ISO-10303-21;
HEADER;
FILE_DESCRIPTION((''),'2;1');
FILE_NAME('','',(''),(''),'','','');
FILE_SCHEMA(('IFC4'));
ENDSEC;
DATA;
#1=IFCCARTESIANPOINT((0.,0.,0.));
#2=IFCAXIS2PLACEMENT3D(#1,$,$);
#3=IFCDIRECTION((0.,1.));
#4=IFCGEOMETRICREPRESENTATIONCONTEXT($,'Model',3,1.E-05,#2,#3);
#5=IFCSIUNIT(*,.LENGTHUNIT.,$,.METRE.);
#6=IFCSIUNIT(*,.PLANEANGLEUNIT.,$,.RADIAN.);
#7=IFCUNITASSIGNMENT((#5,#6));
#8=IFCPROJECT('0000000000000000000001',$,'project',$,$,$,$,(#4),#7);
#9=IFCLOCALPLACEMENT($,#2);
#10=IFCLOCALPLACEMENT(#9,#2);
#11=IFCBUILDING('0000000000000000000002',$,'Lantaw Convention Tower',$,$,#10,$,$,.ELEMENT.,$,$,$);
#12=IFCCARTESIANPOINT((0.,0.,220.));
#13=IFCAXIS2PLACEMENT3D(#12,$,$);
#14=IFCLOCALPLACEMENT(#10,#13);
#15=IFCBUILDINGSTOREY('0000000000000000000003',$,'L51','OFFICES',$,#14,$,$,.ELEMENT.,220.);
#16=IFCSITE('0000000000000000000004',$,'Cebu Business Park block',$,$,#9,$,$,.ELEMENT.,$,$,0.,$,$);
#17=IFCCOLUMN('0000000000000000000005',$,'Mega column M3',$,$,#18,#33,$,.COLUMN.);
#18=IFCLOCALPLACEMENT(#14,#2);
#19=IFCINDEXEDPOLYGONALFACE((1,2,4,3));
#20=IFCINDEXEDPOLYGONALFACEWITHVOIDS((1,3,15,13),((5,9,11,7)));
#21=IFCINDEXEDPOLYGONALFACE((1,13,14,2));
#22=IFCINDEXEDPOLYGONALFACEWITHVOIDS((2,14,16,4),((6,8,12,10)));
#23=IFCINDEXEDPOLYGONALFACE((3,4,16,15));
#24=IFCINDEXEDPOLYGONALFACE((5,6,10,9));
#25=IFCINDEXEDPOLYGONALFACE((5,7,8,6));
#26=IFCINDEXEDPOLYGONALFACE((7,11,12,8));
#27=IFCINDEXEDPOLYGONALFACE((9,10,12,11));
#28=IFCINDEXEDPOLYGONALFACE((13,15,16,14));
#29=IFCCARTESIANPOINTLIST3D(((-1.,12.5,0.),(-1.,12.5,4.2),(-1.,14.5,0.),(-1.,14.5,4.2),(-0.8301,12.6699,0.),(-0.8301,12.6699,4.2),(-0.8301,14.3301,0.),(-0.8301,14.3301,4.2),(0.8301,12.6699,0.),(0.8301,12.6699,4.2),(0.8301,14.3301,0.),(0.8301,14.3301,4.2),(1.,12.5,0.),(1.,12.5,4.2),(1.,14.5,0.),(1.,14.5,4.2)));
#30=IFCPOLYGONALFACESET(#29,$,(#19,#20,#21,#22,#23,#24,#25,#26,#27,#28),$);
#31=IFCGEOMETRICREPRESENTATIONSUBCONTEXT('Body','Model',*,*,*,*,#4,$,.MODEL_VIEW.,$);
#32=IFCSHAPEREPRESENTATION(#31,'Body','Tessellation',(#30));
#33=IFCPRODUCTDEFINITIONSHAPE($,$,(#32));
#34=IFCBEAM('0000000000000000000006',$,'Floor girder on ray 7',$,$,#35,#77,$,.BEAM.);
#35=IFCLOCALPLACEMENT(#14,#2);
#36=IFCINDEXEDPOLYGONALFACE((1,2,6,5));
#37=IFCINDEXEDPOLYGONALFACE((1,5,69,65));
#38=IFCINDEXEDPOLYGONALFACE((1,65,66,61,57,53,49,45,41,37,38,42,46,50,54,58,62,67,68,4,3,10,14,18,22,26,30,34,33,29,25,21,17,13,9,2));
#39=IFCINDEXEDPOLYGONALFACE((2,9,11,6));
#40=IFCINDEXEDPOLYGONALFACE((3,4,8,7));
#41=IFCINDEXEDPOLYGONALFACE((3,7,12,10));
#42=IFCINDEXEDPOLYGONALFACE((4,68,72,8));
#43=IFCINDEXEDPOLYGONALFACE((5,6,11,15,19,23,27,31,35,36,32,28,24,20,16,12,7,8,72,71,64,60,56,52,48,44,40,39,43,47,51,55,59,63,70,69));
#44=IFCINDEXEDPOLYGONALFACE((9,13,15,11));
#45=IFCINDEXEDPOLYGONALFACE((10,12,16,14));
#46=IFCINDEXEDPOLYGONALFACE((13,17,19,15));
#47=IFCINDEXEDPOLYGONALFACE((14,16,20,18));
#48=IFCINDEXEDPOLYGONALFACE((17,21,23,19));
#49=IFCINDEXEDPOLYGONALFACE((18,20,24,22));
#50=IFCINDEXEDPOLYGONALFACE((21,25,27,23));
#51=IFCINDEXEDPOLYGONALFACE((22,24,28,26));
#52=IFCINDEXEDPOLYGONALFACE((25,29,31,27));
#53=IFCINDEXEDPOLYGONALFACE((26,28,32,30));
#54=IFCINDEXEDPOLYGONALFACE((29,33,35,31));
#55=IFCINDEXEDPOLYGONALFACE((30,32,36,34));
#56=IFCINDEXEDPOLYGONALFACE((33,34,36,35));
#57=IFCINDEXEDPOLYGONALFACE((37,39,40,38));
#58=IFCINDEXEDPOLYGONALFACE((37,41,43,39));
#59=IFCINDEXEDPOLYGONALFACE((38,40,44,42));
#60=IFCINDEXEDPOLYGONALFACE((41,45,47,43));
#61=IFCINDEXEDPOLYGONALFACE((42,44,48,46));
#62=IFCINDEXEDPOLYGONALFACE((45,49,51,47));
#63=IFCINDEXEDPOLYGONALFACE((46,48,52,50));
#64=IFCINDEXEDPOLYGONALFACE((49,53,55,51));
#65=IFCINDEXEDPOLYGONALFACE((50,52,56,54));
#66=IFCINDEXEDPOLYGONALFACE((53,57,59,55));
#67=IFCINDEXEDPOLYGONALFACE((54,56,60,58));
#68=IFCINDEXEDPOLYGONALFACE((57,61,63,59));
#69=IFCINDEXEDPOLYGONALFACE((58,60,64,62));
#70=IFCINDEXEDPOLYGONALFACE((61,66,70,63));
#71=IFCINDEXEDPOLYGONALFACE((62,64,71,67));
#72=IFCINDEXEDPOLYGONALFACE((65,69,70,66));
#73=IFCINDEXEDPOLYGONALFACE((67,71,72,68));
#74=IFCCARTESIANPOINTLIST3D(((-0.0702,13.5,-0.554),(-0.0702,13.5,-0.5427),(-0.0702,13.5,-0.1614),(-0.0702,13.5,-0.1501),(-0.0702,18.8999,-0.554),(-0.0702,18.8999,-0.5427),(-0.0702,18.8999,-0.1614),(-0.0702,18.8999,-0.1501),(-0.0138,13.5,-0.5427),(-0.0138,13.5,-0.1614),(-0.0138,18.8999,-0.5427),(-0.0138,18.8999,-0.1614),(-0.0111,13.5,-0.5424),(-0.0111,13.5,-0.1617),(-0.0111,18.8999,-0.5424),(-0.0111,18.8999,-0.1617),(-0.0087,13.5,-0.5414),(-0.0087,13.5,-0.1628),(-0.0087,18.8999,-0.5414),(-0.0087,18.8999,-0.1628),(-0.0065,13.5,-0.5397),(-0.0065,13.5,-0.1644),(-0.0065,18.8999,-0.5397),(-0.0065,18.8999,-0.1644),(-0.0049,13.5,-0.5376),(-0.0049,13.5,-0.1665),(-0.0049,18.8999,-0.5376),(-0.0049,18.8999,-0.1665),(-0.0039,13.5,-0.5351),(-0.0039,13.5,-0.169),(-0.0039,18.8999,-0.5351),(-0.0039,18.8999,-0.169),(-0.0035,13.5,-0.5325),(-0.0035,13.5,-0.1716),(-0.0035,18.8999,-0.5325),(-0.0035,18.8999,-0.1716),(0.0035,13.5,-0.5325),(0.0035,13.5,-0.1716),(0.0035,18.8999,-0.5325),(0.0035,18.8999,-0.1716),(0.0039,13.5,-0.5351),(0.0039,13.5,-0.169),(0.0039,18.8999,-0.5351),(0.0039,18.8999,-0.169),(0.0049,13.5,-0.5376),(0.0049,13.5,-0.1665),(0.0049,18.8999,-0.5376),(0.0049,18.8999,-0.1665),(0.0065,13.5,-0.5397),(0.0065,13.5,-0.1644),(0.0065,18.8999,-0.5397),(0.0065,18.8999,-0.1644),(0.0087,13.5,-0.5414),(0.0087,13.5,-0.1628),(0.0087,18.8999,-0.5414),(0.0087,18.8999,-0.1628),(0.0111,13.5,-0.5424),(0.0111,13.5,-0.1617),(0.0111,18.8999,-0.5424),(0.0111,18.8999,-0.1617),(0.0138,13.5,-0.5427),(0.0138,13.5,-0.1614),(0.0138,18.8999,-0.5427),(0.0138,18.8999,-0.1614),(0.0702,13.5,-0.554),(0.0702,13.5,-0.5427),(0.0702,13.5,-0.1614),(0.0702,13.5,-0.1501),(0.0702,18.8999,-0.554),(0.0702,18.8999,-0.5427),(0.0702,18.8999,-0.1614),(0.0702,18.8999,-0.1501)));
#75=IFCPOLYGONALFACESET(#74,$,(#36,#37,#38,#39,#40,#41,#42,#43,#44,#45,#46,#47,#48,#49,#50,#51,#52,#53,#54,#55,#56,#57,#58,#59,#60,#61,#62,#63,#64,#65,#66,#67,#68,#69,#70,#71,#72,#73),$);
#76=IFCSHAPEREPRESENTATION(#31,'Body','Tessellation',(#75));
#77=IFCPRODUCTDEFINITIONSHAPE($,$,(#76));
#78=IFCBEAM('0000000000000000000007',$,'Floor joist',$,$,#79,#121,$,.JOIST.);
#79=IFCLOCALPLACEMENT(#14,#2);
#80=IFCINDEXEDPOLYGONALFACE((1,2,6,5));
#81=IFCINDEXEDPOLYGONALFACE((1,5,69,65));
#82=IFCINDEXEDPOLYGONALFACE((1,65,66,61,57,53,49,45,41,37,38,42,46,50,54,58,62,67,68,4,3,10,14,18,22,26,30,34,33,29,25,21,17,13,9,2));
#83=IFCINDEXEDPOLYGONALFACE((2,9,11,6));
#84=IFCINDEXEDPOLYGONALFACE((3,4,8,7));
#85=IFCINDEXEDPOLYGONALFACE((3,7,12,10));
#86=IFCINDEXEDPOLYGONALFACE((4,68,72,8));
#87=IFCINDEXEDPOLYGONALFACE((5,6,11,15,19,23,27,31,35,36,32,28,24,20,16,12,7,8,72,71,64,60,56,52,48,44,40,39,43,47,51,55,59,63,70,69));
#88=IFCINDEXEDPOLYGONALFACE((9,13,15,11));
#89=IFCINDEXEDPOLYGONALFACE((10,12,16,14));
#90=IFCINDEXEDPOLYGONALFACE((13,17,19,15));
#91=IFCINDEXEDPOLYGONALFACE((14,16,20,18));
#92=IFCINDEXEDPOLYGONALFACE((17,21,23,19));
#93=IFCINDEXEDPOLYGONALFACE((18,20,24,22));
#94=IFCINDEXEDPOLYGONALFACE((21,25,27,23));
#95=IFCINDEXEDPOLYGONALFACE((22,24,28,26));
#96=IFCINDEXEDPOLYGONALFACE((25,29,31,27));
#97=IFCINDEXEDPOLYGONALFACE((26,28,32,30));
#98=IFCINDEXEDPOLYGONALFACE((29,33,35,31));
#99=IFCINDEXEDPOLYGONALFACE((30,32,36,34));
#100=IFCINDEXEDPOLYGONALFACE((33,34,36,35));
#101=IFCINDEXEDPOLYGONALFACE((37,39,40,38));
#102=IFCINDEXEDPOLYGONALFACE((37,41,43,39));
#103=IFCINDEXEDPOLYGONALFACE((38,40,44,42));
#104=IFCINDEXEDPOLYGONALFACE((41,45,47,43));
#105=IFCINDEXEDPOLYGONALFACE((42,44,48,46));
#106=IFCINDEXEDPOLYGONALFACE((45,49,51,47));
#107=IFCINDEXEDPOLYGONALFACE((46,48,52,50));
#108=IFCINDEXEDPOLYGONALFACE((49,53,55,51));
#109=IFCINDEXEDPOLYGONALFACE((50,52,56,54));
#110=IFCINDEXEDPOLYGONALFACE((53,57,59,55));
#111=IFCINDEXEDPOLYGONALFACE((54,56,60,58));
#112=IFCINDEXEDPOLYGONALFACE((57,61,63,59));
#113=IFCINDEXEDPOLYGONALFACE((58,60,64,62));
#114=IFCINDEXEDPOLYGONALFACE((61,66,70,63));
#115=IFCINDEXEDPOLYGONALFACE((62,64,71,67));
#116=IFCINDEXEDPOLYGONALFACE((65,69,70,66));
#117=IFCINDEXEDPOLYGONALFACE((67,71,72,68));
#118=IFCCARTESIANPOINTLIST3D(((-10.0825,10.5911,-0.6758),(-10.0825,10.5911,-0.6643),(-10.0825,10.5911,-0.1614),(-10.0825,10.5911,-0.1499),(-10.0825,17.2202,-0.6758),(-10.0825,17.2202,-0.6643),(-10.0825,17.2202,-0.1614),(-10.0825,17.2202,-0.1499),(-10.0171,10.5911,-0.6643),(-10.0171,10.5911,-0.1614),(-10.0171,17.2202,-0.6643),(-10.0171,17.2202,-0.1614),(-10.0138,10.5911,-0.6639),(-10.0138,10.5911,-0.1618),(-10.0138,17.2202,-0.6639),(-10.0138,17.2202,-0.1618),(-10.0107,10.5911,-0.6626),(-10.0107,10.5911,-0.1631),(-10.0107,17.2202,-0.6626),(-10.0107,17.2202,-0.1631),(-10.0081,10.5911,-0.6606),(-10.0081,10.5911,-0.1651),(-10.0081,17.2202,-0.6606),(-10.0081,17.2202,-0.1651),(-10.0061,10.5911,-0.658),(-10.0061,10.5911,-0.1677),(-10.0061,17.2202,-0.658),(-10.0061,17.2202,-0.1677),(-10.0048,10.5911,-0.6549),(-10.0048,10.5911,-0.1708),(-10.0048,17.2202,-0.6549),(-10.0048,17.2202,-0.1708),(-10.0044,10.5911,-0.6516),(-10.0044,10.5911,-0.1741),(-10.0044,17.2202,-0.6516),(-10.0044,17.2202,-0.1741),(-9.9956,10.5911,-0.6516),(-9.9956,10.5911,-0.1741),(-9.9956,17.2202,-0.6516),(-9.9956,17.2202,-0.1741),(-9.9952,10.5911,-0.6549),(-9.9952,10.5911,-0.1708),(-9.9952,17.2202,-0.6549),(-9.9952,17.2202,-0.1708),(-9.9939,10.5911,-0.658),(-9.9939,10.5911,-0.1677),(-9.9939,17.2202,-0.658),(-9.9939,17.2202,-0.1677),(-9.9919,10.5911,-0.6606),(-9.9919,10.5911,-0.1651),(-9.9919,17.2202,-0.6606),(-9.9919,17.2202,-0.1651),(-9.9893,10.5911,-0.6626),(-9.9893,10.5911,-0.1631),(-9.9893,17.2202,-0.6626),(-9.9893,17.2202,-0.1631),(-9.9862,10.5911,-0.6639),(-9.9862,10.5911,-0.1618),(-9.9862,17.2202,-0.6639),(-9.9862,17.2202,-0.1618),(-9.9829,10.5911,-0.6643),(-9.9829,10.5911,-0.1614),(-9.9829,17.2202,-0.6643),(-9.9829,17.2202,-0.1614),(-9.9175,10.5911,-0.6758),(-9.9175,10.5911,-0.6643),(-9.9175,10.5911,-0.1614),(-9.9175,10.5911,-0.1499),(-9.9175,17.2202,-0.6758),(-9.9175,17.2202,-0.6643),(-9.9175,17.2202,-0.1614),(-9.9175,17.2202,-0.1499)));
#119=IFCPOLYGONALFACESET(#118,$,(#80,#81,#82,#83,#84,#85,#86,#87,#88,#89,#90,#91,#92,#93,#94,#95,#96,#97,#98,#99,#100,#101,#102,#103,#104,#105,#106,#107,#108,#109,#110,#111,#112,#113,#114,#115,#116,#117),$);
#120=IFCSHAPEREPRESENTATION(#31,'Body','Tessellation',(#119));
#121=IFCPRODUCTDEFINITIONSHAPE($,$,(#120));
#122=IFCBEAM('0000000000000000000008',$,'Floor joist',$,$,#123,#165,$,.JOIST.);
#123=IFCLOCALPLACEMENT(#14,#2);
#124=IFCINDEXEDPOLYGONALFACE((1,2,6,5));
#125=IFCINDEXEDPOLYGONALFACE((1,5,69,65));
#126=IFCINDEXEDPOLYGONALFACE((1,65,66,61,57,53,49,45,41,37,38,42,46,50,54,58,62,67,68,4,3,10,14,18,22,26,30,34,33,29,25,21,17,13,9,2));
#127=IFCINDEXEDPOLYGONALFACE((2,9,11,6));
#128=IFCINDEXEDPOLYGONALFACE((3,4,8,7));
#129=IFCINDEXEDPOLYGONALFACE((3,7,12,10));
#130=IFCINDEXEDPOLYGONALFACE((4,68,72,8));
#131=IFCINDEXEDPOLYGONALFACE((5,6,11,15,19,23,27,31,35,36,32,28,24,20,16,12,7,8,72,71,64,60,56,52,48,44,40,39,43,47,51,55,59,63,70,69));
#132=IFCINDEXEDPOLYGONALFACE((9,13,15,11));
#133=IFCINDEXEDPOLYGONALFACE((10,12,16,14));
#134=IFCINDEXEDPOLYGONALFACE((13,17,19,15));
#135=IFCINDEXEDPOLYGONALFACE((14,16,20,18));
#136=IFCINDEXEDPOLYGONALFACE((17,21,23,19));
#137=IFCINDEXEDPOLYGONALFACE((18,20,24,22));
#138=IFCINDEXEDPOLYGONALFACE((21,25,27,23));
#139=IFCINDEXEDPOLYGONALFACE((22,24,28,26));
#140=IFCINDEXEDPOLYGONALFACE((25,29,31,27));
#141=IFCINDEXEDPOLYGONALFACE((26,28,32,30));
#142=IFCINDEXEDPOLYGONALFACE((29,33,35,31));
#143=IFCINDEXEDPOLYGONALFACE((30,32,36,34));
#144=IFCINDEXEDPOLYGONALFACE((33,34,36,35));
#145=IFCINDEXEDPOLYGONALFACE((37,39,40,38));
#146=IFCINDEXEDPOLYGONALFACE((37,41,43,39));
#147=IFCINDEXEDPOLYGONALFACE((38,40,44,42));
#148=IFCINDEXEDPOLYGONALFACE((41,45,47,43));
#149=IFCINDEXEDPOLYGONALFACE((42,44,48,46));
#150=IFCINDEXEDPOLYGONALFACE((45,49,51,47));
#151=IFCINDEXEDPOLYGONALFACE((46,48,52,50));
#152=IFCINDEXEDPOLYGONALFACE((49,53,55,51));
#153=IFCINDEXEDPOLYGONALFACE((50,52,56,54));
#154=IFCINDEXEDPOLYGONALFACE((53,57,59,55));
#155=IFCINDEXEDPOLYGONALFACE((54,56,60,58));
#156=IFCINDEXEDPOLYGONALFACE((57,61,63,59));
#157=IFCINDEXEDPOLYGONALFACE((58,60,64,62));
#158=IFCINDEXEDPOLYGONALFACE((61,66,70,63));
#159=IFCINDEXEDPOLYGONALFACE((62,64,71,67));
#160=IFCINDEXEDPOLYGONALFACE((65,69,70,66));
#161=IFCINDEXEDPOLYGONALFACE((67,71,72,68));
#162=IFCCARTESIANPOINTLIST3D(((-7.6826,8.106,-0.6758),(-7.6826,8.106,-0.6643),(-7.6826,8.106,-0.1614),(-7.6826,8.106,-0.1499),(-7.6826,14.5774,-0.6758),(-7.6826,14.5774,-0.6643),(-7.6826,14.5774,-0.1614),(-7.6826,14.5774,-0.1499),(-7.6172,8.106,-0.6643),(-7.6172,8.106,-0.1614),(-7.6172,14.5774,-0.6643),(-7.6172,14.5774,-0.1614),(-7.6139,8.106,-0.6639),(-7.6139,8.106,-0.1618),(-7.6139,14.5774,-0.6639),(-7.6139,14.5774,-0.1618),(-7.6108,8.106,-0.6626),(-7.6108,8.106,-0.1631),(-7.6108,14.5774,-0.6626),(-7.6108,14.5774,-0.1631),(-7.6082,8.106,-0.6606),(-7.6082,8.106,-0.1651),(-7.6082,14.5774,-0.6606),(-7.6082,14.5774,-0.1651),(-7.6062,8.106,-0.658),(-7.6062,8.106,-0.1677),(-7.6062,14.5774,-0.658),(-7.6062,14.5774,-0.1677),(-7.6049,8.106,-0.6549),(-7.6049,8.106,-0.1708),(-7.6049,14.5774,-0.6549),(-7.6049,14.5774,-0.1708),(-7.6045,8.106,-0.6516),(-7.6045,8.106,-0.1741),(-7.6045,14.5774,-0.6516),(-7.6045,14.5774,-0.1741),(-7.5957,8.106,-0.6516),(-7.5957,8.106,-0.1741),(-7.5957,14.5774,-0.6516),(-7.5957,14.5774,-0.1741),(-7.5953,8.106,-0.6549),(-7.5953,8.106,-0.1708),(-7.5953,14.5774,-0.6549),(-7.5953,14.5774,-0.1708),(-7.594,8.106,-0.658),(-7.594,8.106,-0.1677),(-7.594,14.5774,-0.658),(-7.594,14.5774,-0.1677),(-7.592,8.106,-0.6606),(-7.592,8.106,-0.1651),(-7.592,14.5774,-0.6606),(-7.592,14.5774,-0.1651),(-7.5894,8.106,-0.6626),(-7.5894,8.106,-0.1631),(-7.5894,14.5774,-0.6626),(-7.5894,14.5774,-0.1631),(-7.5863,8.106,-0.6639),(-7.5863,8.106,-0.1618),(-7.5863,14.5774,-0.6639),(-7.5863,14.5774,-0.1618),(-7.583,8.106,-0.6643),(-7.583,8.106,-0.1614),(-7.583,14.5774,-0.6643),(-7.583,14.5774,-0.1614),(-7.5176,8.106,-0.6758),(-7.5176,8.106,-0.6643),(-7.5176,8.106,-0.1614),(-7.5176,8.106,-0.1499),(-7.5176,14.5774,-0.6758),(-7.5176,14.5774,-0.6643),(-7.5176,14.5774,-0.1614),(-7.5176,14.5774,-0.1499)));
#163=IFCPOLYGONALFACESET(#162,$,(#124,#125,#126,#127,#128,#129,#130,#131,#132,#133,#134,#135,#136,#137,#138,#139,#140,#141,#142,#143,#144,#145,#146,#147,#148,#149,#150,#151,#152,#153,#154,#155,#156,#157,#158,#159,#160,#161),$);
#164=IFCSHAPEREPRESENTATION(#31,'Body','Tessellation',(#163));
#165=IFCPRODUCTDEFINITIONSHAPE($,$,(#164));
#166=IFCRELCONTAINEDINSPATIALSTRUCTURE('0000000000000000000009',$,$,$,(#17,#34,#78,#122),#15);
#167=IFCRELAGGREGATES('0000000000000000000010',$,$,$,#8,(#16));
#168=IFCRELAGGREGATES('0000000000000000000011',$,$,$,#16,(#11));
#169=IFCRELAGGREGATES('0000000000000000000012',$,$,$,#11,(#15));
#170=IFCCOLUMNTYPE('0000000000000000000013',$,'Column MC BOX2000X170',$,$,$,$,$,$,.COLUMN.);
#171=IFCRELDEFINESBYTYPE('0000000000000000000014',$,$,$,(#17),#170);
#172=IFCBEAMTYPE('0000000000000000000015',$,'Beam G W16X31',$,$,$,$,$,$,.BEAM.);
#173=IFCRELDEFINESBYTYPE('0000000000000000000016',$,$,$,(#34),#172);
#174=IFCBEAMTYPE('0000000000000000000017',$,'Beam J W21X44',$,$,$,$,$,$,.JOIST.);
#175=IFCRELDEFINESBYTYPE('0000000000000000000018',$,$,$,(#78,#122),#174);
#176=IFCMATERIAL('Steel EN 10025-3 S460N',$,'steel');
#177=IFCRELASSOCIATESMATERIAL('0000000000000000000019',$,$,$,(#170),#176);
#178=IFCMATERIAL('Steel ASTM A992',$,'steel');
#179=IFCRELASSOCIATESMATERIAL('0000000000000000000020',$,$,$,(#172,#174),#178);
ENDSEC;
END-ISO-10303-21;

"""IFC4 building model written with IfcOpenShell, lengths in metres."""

from ifc_helpers import new_model, si_unit, direction, frame, origin, origin_2d, place, context, subcontext, project, spatial, rectangle, hollow_rectangle, i_section, extrude, material, material_profile, profile_set, type_object, element, save


model = new_model("IFC4")

# Units and contexts
model_context = context("Model", 3, precision=1e-05, world=origin(), true_north=direction((0.0, 1.0)))
body_context = subcontext(model_context, "Body", "Model", "MODEL_VIEW")
ifc_project = project(units=[si_unit("LENGTHUNIT", "METRE"), si_unit("PLANEANGLEUNIT", "RADIAN")], contexts=[model_context])

# Site, building, storey
site_placement = place(None, origin())
site = spatial("IfcSite", under=ifc_project, at=site_placement, Name="Cebu Business Park block", CompositionType="ELEMENT", RefElevation=0.0)
building_placement = place(site_placement, origin())
building = spatial("IfcBuilding", under=site, at=building_placement, Name="Lantaw Convention Tower", CompositionType="ELEMENT")
storey_placement = place(building_placement, frame((0.0, 0.0, 220.0)))
storey = spatial("IfcBuildingStorey", under=building, at=storey_placement, Name="L51", Description="OFFICES", CompositionType="ELEMENT", Elevation=220.0)

# Column
ifc_material_1 = material(Name="Steel EN 10025-3 S460N", Category="steel")
ifc_material_profile_1 = material_profile(ifc_material_1, hollow_rectangle(XDim=2.0, YDim=2.0, WallThickness=0.1699, at=origin_2d()), Name="BOX2000X170")
ifc_material_2 = material(Name="Concrete C60/75", Category="concrete")
ifc_material_profile_2 = material_profile(ifc_material_2, rectangle(XDim=1.6599, YDim=1.6599, at=origin_2d()), Name="Concrete fill of BOX2000X170")
ifc_profile_set_1 = profile_set([ifc_material_profile_1, ifc_material_profile_2], Name="Steel EN 10025-3 S460N")
column_type = type_object("IfcColumnType", Name="Column MC BOX2000X170", PredefinedType="COLUMN", material=ifc_profile_set_1)
column_placement = place(storey_placement, frame((0.0, 13.5, 0.0), z_axis=(0.0, 0.0, 1.0), x_axis=(1.0, 0.0, 0.0)))
element("IfcColumn", 1, at=column_placement, inside=storey, type_object=column_type, Name="Mega column M3", PredefinedType="COLUMN", context=body_context, shape_type="SweptSolid", body=[
    extrude(hollow_rectangle(XDim=2.0, YDim=2.0, WallThickness=0.1699, at=origin_2d()), origin(), (0.0, 0.0, 1.0), 4.2),
])

# Beams
ifc_material_3 = material(Name="Steel ASTM A992", Category="steel")
ifc_material_profile_3 = material_profile(ifc_material_3, i_section(OverallWidth=0.1404, OverallDepth=0.4038, WebThickness=0.0071, FlangeThickness=0.0112, FilletRadius=0.0103, at=origin_2d()), Name="W16X31")
ifc_profile_set_2 = profile_set([ifc_material_profile_3], Name="Steel ASTM A992")
beam_type_1 = type_object("IfcBeamType", Name="Beam G W16X31", PredefinedType="BEAM", material=ifc_profile_set_2)
beam_1_placement = place(storey_placement, frame((0.0, 13.5, -0.3521), z_axis=(0.0, 1.0, 0.0), x_axis=(-1.0, 0.0, 0.0)))
element("IfcBeam", 2, at=beam_1_placement, inside=storey, type_object=beam_type_1, Name="Floor girder on ray 7", PredefinedType="BEAM", context=body_context, shape_type="SweptSolid", body=[
    extrude(i_section(OverallWidth=0.1404, OverallDepth=0.4038, WebThickness=0.0071, FlangeThickness=0.0112, FilletRadius=0.0103, at=origin_2d()), origin(), (0.0, 0.0, 1.0), 5.3999),
])
ifc_material_profile_4 = material_profile(ifc_material_3, i_section(OverallWidth=0.165, OverallDepth=0.5259, WebThickness=0.0088, FlangeThickness=0.0115, FilletRadius=0.0127, at=origin_2d()), Name="W21X44")
ifc_profile_set_3 = profile_set([ifc_material_profile_4], Name="Steel ASTM A992")
beam_type_2 = type_object("IfcBeamType", Name="Beam J W21X44", PredefinedType="JOIST", material=ifc_profile_set_3)
beam_2_placement = place(storey_placement, frame((-10.0, 10.5911, -0.4128), z_axis=(0.0, 1.0, 0.0), x_axis=(-1.0, 0.0, 0.0)))
element("IfcBeam", 3, at=beam_2_placement, inside=storey, type_object=beam_type_2, Name="Floor joist", PredefinedType="JOIST", context=body_context, shape_type="SweptSolid", body=[
    extrude(i_section(OverallWidth=0.165, OverallDepth=0.5259, WebThickness=0.0088, FlangeThickness=0.0115, FilletRadius=0.0127, at=origin_2d()), origin(), (0.0, 0.0, 1.0), 6.6292),
])
beam_3_placement = place(storey_placement, frame((-7.6001, 8.106, -0.4128), z_axis=(0.0, 1.0, 0.0), x_axis=(-1.0, 0.0, 0.0)))
element("IfcBeam", 4, at=beam_3_placement, inside=storey, type_object=beam_type_2, Name="Floor joist", PredefinedType="JOIST", context=body_context, shape_type="SweptSolid", body=[
    extrude(i_section(OverallWidth=0.165, OverallDepth=0.5259, WebThickness=0.0088, FlangeThickness=0.0115, FilletRadius=0.0127, at=origin_2d()), origin(), (0.0, 0.0, 1.0), 6.4714),
])

save(model, "model.ifc")
